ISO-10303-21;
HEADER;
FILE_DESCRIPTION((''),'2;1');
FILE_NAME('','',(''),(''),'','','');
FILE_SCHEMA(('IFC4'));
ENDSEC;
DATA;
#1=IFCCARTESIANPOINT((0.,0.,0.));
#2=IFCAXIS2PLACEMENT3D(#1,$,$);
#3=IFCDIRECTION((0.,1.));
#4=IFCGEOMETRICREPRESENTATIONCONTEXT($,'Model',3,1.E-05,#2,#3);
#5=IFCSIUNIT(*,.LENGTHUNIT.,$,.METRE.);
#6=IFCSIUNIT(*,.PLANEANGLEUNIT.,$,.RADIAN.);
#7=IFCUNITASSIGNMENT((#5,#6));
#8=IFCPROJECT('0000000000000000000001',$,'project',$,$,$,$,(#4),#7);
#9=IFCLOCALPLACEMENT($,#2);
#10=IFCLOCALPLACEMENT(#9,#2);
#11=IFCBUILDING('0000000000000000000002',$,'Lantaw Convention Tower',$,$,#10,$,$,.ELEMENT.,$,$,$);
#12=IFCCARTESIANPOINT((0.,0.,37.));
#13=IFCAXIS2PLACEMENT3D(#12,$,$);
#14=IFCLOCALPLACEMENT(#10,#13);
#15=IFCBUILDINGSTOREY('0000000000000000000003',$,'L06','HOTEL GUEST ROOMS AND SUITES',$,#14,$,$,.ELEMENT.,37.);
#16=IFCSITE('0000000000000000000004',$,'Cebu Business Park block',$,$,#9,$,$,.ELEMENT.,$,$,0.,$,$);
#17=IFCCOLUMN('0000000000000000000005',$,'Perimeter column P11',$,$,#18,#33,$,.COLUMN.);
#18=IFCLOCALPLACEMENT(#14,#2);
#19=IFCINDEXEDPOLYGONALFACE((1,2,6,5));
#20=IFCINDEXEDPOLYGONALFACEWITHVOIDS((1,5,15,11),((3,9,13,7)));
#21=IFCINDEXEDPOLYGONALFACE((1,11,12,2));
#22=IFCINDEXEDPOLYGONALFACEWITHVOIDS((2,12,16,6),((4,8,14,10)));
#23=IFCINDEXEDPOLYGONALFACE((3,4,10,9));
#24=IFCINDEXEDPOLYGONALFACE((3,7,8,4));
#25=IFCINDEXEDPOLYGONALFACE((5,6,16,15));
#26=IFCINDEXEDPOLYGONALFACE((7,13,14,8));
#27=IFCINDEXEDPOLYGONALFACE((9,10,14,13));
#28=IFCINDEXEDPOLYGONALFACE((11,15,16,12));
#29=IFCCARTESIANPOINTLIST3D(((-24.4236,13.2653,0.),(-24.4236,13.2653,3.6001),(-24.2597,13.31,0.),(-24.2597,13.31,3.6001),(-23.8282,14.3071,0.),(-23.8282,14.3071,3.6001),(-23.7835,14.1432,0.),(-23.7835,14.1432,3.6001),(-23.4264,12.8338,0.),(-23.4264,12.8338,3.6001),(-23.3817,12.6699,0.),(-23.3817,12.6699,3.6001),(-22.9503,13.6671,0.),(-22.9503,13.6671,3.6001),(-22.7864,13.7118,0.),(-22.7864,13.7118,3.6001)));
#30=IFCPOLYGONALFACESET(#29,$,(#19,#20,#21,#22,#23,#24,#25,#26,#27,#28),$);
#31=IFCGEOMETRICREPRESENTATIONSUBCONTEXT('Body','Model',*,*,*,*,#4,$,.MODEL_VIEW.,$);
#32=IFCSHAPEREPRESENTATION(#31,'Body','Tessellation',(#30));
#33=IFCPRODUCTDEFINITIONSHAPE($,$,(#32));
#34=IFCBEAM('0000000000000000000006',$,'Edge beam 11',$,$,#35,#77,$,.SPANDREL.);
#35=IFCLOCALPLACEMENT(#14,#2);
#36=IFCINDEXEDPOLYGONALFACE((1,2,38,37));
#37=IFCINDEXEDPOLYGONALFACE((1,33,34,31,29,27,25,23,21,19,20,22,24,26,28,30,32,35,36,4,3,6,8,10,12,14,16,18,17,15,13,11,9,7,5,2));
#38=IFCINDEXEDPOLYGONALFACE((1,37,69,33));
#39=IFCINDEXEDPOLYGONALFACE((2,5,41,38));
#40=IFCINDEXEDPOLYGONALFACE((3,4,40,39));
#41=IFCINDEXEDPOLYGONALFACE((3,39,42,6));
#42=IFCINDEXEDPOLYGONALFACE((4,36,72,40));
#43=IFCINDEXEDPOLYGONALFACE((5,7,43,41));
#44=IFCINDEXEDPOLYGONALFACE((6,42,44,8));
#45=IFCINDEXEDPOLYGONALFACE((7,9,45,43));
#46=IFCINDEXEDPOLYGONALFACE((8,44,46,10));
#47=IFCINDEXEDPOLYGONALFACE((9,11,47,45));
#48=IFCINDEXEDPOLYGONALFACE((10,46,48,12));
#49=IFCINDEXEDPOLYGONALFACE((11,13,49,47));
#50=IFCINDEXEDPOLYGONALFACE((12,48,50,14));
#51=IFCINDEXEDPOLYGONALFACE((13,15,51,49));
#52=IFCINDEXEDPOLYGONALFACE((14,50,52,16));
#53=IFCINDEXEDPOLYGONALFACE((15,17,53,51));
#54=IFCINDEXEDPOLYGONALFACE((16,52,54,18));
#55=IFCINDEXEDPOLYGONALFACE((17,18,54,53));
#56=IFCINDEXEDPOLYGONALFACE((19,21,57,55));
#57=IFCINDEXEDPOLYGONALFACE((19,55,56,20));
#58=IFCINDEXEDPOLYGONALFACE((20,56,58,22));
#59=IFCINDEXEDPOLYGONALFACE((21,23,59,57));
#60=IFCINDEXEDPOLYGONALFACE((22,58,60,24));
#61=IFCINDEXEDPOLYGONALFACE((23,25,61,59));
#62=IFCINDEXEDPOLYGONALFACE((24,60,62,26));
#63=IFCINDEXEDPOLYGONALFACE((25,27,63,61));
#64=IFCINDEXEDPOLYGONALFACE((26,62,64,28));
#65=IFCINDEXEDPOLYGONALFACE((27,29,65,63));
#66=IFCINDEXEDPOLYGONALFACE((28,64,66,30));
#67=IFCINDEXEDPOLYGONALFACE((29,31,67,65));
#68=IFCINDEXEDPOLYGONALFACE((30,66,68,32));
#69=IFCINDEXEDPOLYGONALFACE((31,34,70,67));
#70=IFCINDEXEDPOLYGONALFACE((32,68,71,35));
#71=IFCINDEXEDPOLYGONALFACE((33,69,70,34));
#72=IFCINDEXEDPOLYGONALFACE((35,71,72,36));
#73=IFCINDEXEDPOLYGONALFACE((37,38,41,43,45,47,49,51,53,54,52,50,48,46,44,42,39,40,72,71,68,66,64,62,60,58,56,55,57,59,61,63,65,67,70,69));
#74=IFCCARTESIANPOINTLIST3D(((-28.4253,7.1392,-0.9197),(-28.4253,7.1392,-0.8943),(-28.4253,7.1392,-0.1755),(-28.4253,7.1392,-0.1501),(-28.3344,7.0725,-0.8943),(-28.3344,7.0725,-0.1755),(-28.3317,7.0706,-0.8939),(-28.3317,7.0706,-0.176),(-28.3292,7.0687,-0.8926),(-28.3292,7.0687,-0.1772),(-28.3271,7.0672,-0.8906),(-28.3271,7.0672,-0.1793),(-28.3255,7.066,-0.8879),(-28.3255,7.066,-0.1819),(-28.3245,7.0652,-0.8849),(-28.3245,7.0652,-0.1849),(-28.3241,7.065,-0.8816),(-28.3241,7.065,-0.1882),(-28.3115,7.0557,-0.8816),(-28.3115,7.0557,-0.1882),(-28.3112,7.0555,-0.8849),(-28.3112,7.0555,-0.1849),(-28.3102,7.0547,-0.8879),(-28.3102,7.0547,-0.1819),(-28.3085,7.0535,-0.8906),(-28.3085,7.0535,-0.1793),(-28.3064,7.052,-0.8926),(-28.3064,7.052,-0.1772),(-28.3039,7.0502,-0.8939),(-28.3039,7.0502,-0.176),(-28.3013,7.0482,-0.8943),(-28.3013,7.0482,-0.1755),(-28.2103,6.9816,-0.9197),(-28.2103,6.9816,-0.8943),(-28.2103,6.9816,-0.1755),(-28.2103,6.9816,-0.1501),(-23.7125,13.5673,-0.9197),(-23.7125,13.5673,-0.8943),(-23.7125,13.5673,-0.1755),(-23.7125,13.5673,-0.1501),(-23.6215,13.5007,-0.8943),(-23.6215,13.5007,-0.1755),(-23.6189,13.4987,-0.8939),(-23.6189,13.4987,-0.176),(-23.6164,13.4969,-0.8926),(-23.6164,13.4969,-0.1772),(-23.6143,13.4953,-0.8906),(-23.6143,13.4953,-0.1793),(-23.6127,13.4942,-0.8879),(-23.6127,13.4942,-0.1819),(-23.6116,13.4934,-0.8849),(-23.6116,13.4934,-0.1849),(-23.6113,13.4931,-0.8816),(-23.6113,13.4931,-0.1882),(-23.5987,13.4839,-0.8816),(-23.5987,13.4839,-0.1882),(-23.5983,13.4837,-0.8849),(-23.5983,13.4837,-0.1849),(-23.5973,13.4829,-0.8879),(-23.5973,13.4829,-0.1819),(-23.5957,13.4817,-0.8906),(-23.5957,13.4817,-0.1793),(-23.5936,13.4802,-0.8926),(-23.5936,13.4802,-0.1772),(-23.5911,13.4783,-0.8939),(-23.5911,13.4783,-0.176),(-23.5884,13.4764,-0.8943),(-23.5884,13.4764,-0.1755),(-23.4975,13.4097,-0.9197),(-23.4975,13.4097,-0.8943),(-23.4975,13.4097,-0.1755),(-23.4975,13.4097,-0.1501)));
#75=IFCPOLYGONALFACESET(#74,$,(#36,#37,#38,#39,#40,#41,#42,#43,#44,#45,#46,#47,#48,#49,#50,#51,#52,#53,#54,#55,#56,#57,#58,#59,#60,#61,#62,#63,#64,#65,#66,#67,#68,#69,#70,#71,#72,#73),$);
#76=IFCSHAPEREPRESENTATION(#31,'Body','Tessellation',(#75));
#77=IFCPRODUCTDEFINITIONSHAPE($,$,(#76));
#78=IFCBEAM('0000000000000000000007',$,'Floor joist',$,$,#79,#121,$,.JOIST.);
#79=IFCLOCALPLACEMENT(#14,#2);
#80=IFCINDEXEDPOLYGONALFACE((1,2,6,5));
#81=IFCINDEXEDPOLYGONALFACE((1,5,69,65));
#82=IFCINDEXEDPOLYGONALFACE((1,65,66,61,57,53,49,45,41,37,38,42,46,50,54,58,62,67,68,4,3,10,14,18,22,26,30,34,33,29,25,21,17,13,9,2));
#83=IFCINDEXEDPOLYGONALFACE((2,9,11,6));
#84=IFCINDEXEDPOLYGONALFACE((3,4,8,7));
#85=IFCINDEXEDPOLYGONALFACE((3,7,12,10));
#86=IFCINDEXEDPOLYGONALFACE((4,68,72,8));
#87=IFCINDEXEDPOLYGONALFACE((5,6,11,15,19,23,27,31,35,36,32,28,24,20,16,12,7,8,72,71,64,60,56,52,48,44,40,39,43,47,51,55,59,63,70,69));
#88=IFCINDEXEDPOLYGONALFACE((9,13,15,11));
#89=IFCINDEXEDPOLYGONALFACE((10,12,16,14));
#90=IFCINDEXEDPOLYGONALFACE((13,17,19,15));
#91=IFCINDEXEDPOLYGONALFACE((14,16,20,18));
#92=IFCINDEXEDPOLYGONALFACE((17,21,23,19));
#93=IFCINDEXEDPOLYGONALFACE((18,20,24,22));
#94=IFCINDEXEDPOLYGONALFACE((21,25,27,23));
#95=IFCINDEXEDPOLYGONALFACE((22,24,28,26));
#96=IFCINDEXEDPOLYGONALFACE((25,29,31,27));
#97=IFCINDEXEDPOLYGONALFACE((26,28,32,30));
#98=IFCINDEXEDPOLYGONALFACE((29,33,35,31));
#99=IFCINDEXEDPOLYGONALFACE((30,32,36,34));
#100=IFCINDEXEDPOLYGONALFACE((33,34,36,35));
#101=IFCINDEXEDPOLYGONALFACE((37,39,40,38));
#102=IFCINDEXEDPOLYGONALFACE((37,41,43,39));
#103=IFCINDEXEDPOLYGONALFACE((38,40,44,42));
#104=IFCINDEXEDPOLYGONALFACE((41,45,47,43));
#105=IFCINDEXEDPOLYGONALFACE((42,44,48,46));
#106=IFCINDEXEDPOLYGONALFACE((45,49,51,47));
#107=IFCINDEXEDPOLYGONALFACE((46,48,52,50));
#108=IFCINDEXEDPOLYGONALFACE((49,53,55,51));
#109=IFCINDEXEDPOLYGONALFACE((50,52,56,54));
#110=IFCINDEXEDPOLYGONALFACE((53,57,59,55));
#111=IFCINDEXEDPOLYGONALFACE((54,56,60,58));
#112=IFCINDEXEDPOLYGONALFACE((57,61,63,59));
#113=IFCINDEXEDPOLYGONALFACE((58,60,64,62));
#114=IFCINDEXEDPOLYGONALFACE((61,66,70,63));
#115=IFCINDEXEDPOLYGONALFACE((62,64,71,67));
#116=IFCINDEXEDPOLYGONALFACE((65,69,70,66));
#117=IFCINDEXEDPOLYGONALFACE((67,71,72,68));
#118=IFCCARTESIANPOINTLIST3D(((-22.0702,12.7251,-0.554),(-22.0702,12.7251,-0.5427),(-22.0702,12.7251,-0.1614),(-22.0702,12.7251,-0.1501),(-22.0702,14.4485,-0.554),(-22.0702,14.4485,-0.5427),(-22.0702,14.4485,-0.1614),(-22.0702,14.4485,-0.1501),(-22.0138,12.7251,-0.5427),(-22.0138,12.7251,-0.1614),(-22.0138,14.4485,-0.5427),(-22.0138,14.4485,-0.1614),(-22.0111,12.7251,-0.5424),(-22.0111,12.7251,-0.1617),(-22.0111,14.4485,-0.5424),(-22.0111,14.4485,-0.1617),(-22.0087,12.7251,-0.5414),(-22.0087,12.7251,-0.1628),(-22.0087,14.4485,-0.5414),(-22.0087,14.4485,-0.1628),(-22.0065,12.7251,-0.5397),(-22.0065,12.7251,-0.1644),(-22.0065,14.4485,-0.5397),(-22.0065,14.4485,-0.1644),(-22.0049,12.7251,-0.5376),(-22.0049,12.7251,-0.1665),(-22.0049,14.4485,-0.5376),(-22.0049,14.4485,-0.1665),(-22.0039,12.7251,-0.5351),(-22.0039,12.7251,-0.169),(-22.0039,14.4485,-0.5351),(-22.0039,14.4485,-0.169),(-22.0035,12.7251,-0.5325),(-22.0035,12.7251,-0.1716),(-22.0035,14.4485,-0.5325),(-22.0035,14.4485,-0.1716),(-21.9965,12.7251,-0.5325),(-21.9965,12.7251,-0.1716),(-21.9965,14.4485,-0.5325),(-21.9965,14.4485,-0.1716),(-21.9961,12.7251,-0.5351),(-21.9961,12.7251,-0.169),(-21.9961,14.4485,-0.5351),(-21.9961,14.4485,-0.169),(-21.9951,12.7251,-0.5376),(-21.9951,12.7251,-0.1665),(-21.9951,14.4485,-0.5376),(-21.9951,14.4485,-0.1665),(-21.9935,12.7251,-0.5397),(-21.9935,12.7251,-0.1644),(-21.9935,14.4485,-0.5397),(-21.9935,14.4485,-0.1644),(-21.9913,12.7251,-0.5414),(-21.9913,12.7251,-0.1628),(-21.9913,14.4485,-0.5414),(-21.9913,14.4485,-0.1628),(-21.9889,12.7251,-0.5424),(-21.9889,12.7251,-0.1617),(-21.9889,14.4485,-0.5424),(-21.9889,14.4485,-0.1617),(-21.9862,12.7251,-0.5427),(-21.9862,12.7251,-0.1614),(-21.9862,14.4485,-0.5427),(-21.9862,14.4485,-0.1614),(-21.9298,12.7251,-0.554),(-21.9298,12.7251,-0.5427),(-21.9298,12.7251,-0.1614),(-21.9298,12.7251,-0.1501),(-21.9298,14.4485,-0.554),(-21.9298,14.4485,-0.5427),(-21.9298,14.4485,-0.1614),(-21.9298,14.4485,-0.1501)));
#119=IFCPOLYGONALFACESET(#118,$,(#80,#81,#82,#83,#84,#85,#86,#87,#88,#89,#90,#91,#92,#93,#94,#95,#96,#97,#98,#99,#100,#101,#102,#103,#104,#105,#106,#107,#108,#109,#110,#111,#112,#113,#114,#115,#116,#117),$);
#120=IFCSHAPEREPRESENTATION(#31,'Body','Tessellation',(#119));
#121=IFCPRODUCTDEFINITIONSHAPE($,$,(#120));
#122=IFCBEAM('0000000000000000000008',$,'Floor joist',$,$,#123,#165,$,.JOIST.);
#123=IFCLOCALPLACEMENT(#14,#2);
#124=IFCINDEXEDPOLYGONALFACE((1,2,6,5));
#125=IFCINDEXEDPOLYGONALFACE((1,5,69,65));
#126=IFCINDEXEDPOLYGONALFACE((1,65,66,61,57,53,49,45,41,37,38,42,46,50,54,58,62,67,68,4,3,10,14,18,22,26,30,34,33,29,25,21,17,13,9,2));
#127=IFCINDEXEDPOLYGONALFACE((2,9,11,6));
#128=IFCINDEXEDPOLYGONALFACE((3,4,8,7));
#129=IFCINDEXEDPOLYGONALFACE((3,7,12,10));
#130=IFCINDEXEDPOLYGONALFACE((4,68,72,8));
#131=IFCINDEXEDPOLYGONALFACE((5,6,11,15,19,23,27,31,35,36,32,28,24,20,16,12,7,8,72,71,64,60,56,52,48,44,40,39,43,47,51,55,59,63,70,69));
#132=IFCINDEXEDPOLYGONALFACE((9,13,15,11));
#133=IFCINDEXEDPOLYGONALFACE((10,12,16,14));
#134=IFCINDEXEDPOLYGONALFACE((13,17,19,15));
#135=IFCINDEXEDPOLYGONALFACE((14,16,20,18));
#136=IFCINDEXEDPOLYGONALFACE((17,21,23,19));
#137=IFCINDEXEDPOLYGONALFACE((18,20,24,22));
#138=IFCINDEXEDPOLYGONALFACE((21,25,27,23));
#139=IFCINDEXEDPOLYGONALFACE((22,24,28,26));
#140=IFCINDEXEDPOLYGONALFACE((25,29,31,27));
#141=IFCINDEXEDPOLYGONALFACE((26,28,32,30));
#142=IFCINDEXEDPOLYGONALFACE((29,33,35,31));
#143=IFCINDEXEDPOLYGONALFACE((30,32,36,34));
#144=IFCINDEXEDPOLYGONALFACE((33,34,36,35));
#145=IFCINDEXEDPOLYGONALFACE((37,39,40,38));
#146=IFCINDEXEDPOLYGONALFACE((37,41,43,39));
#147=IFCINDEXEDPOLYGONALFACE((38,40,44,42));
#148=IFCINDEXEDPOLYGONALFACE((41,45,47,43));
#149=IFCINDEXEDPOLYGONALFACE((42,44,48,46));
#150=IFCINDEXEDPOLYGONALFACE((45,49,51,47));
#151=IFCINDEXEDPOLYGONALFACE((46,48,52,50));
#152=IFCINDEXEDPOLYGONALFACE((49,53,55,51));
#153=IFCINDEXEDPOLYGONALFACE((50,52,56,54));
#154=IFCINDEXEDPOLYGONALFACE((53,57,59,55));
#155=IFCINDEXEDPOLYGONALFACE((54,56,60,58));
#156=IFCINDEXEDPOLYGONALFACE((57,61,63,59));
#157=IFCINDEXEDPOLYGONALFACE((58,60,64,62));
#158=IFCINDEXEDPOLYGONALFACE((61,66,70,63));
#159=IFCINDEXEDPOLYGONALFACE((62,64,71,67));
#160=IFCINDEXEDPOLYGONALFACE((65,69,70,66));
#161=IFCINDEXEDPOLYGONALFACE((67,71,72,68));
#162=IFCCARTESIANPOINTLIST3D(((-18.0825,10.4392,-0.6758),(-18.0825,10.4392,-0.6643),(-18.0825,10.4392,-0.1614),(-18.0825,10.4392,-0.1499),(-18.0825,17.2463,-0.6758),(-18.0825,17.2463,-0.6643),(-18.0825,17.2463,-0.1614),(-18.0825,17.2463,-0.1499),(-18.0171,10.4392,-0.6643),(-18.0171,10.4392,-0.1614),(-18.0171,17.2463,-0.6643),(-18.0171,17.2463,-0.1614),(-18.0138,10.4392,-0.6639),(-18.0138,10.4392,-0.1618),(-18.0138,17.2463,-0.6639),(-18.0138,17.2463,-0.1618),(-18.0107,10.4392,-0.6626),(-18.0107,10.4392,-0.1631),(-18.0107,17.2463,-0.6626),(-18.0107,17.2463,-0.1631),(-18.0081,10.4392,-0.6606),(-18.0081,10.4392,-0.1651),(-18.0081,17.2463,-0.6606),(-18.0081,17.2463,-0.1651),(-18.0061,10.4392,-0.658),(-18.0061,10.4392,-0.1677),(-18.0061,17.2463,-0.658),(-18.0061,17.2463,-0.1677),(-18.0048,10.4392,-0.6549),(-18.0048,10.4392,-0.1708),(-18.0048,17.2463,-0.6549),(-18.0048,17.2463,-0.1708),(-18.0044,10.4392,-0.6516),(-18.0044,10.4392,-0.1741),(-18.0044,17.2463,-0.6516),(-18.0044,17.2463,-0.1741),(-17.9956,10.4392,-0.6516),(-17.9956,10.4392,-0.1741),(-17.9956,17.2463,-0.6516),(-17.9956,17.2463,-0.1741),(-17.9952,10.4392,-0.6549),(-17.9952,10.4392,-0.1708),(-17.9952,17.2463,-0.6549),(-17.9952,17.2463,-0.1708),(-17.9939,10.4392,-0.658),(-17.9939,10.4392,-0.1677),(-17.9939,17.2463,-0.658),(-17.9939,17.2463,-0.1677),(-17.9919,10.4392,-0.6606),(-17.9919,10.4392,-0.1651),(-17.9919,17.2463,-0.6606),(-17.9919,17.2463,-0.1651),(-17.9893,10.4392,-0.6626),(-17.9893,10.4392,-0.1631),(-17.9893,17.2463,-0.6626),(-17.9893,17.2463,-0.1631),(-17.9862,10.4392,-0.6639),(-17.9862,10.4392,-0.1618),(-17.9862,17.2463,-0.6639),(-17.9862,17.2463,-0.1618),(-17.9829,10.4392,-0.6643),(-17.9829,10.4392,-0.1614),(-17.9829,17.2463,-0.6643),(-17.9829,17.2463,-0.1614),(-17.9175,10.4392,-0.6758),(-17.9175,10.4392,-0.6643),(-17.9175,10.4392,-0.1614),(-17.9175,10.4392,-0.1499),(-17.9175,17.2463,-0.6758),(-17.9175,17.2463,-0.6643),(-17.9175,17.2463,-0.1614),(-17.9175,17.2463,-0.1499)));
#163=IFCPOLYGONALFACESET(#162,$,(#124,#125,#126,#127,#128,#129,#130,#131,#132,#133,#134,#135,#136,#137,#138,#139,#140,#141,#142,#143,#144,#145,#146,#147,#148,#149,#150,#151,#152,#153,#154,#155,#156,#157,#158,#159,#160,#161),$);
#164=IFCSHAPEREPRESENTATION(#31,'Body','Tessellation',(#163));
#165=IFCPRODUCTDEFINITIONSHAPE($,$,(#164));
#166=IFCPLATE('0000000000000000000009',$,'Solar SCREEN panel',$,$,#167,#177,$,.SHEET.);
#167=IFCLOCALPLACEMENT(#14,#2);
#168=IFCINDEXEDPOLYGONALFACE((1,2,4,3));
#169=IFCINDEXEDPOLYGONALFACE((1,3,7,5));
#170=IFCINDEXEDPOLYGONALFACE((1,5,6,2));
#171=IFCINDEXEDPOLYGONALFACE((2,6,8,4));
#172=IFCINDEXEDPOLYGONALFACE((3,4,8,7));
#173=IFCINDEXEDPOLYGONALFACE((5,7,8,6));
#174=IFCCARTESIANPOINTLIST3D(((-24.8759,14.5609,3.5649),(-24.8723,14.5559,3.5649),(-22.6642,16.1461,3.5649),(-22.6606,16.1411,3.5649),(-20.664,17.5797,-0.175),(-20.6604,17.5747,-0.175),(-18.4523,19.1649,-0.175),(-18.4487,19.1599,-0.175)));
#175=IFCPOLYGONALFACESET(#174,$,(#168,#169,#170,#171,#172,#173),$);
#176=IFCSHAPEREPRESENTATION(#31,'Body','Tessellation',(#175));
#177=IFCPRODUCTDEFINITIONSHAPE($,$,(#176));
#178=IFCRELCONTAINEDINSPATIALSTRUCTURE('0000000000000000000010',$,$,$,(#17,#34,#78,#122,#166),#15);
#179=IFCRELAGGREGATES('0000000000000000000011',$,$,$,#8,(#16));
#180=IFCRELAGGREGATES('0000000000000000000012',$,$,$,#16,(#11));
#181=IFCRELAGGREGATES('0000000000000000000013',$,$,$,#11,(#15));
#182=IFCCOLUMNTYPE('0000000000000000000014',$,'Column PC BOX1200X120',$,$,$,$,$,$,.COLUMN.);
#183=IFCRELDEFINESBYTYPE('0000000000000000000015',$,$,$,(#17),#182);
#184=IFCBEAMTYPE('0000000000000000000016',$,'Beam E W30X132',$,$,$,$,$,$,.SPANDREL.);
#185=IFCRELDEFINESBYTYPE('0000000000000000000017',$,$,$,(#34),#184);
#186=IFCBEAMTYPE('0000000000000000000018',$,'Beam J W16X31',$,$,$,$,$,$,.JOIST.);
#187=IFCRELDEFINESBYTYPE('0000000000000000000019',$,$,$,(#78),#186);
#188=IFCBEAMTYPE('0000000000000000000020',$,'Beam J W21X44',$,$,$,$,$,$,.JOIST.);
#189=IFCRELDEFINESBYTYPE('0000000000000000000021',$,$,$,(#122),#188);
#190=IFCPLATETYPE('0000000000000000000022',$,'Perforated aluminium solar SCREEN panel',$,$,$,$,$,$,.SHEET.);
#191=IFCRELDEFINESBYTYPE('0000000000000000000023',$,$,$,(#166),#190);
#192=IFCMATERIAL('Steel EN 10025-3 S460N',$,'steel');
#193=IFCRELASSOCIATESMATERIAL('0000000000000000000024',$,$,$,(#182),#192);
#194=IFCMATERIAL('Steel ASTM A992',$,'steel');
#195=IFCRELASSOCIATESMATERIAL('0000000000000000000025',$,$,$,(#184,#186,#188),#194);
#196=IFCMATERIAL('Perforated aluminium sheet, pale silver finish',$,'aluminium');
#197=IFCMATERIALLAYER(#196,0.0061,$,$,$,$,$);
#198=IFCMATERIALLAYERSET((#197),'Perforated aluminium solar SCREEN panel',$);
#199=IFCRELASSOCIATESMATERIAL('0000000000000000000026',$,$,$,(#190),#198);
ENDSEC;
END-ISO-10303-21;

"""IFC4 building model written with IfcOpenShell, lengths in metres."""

from ifc_helpers import new_model, si_unit, direction, frame, origin, origin_2d, place, context, subcontext, project, spatial, polyline, rectangle, hollow_rectangle, i_section, outline, extrude, material, layer, layer_set, material_profile, profile_set, type_object, element, save


model = new_model("IFC4")

# Units and contexts
model_context = context("Model", 3, precision=1e-05, world=origin(), true_north=direction((0.0, 1.0)))
body_context = subcontext(model_context, "Body", "Model", "MODEL_VIEW")
ifc_project = project(units=[si_unit("LENGTHUNIT", "METRE"), si_unit("PLANEANGLEUNIT", "RADIAN")], contexts=[model_context])

# Site, building, storey
site_placement = place(None, origin())
site = spatial("IfcSite", under=ifc_project, at=site_placement, Name="Cebu Business Park block", CompositionType="ELEMENT", RefElevation=0.0)
building_placement = place(site_placement, origin())
building = spatial("IfcBuilding", under=site, at=building_placement, Name="Lantaw Convention Tower", CompositionType="ELEMENT")
storey_placement = place(building_placement, frame((0.0, 0.0, 37.0)))
storey = spatial("IfcBuildingStorey", under=building, at=storey_placement, Name="L06", Description="HOTEL GUEST ROOMS AND SUITES", CompositionType="ELEMENT", Elevation=37.0)

# Column
ifc_material_1 = material(Name="Steel EN 10025-3 S460N", Category="steel")
ifc_material_profile_1 = material_profile(ifc_material_1, hollow_rectangle(XDim=1.2, YDim=1.2, WallThickness=0.1201, at=origin_2d()), Name="BOX1200X120")
ifc_material_2 = material(Name="Concrete C60/75", Category="concrete")
ifc_material_profile_2 = material_profile(ifc_material_2, rectangle(XDim=0.96, YDim=0.96, at=origin_2d()), Name="Concrete fill of BOX1200X120")
ifc_profile_set_1 = profile_set([ifc_material_profile_1, ifc_material_profile_2], Name="Steel EN 10025-3 S460N")
column_type = type_object("IfcColumnType", Name="Column PC BOX1200X120", PredefinedType="COLUMN", material=ifc_profile_set_1)
column_placement = place(storey_placement, frame((-23.605, 13.4885, 0.0), z_axis=(0.0, 0.0, 1.0), x_axis=(0.496139, 0.868243, 0.0)))
element("IfcColumn", 1, at=column_placement, inside=storey, type_object=column_type, Name="Perimeter column P11", PredefinedType="COLUMN", context=body_context, shape_type="SweptSolid", body=[
    extrude(hollow_rectangle(XDim=1.2, YDim=1.2, WallThickness=0.1201, at=origin_2d()), origin(), (0.0, 0.0, 1.0), 3.6001),
])

# Beams
ifc_material_3 = material(Name="Steel ASTM A992", Category="steel")
ifc_material_profile_3 = material_profile(ifc_material_3, i_section(OverallWidth=0.2666, OverallDepth=0.7695, WebThickness=0.0156, FlangeThickness=0.0254, FilletRadius=0.0127, at=origin_2d()), Name="W30X132")
ifc_profile_set_2 = profile_set([ifc_material_profile_3], Name="Steel ASTM A992")
beam_type_1 = type_object("IfcBeamType", Name="Beam E W30X132", PredefinedType="SPANDREL", material=ifc_profile_set_2)
beam_1_placement = place(storey_placement, frame((-23.605, 13.4885, -0.5349), z_axis=(-0.591271, -0.806473, 0.0), x_axis=(0.806473, -0.591271, 0.0)))
element("IfcBeam", 2, at=beam_1_placement, inside=storey, type_object=beam_type_1, Name="Edge beam 11", PredefinedType="SPANDREL", context=body_context, shape_type="SweptSolid", body=[
    extrude(i_section(OverallWidth=0.2666, OverallDepth=0.7695, WebThickness=0.0156, FlangeThickness=0.0254, FilletRadius=0.0127, at=origin_2d()), origin(), (0.0, 0.0, 1.0), 7.9707),
])
ifc_material_profile_4 = material_profile(ifc_material_3, i_section(OverallWidth=0.1404, OverallDepth=0.4038, WebThickness=0.0071, FlangeThickness=0.0112, FilletRadius=0.0103, at=origin_2d()), Name="W16X31")
ifc_profile_set_3 = profile_set([ifc_material_profile_4], Name="Steel ASTM A992")
beam_type_2 = type_object("IfcBeamType", Name="Beam J W16X31", PredefinedType="JOIST", material=ifc_profile_set_3)
beam_2_placement = place(storey_placement, frame((-22.0, 12.7251, -0.3521), z_axis=(0.0, 1.0, 0.0), x_axis=(-1.0, 0.0, 0.0)))
element("IfcBeam", 3, at=beam_2_placement, inside=storey, type_object=beam_type_2, Name="Floor joist", PredefinedType="JOIST", context=body_context, shape_type="SweptSolid", body=[
    extrude(i_section(OverallWidth=0.1404, OverallDepth=0.4038, WebThickness=0.0071, FlangeThickness=0.0112, FilletRadius=0.0103, at=origin_2d()), origin(), (0.0, 0.0, 1.0), 1.7234),
])
ifc_material_profile_5 = material_profile(ifc_material_3, i_section(OverallWidth=0.165, OverallDepth=0.5259, WebThickness=0.0088, FlangeThickness=0.0115, FilletRadius=0.0127, at=origin_2d()), Name="W21X44")
ifc_profile_set_4 = profile_set([ifc_material_profile_5], Name="Steel ASTM A992")
beam_type_3 = type_object("IfcBeamType", Name="Beam J W21X44", PredefinedType="JOIST", material=ifc_profile_set_4)
beam_3_placement = place(storey_placement, frame((-18.0, 10.4392, -0.4128), z_axis=(0.0, 1.0, 0.0), x_axis=(-1.0, 0.0, 0.0)))
element("IfcBeam", 4, at=beam_3_placement, inside=storey, type_object=beam_type_3, Name="Floor joist", PredefinedType="JOIST", context=body_context, shape_type="SweptSolid", body=[
    extrude(i_section(OverallWidth=0.165, OverallDepth=0.5259, WebThickness=0.0088, FlangeThickness=0.0115, FilletRadius=0.0127, at=origin_2d()), origin(), (0.0, 0.0, 1.0), 6.8071),
])

# Plate
ifc_material_4 = material(Name="Perforated aluminium sheet, pale silver finish", Category="aluminium")
ifc_layer_1 = layer(ifc_material_4, 0.0061)
ifc_layer_set_1 = layer_set([ifc_layer_1], Name="Perforated aluminium solar SCREEN panel")
plate_type = type_object("IfcPlateType", Name="Perforated aluminium solar SCREEN panel", PredefinedType="SHEET", material=ifc_layer_set_1)
plate_1_placement = place(storey_placement, frame((-18.4487, 19.1599, -0.175), z_axis=(0.582561, -0.812787, 0.000016), x_axis=(-0.812787, -0.582561, 0.0)))
element("IfcPlate", 5, at=plate_1_placement, inside=storey, type_object=plate_type, Name="Solar SCREEN panel", PredefinedType="SHEET", context=body_context, shape_type="SweptSolid", body=[
    extrude(outline(polyline([(0.0, 0.0), (2.7211, 0.0), (7.9031, -3.74), (5.182, -3.74), (0.0, 0.0)])), origin(), (0.0, 0.0, -1.0), 0.0061),
])

save(model, "model.ifc")
